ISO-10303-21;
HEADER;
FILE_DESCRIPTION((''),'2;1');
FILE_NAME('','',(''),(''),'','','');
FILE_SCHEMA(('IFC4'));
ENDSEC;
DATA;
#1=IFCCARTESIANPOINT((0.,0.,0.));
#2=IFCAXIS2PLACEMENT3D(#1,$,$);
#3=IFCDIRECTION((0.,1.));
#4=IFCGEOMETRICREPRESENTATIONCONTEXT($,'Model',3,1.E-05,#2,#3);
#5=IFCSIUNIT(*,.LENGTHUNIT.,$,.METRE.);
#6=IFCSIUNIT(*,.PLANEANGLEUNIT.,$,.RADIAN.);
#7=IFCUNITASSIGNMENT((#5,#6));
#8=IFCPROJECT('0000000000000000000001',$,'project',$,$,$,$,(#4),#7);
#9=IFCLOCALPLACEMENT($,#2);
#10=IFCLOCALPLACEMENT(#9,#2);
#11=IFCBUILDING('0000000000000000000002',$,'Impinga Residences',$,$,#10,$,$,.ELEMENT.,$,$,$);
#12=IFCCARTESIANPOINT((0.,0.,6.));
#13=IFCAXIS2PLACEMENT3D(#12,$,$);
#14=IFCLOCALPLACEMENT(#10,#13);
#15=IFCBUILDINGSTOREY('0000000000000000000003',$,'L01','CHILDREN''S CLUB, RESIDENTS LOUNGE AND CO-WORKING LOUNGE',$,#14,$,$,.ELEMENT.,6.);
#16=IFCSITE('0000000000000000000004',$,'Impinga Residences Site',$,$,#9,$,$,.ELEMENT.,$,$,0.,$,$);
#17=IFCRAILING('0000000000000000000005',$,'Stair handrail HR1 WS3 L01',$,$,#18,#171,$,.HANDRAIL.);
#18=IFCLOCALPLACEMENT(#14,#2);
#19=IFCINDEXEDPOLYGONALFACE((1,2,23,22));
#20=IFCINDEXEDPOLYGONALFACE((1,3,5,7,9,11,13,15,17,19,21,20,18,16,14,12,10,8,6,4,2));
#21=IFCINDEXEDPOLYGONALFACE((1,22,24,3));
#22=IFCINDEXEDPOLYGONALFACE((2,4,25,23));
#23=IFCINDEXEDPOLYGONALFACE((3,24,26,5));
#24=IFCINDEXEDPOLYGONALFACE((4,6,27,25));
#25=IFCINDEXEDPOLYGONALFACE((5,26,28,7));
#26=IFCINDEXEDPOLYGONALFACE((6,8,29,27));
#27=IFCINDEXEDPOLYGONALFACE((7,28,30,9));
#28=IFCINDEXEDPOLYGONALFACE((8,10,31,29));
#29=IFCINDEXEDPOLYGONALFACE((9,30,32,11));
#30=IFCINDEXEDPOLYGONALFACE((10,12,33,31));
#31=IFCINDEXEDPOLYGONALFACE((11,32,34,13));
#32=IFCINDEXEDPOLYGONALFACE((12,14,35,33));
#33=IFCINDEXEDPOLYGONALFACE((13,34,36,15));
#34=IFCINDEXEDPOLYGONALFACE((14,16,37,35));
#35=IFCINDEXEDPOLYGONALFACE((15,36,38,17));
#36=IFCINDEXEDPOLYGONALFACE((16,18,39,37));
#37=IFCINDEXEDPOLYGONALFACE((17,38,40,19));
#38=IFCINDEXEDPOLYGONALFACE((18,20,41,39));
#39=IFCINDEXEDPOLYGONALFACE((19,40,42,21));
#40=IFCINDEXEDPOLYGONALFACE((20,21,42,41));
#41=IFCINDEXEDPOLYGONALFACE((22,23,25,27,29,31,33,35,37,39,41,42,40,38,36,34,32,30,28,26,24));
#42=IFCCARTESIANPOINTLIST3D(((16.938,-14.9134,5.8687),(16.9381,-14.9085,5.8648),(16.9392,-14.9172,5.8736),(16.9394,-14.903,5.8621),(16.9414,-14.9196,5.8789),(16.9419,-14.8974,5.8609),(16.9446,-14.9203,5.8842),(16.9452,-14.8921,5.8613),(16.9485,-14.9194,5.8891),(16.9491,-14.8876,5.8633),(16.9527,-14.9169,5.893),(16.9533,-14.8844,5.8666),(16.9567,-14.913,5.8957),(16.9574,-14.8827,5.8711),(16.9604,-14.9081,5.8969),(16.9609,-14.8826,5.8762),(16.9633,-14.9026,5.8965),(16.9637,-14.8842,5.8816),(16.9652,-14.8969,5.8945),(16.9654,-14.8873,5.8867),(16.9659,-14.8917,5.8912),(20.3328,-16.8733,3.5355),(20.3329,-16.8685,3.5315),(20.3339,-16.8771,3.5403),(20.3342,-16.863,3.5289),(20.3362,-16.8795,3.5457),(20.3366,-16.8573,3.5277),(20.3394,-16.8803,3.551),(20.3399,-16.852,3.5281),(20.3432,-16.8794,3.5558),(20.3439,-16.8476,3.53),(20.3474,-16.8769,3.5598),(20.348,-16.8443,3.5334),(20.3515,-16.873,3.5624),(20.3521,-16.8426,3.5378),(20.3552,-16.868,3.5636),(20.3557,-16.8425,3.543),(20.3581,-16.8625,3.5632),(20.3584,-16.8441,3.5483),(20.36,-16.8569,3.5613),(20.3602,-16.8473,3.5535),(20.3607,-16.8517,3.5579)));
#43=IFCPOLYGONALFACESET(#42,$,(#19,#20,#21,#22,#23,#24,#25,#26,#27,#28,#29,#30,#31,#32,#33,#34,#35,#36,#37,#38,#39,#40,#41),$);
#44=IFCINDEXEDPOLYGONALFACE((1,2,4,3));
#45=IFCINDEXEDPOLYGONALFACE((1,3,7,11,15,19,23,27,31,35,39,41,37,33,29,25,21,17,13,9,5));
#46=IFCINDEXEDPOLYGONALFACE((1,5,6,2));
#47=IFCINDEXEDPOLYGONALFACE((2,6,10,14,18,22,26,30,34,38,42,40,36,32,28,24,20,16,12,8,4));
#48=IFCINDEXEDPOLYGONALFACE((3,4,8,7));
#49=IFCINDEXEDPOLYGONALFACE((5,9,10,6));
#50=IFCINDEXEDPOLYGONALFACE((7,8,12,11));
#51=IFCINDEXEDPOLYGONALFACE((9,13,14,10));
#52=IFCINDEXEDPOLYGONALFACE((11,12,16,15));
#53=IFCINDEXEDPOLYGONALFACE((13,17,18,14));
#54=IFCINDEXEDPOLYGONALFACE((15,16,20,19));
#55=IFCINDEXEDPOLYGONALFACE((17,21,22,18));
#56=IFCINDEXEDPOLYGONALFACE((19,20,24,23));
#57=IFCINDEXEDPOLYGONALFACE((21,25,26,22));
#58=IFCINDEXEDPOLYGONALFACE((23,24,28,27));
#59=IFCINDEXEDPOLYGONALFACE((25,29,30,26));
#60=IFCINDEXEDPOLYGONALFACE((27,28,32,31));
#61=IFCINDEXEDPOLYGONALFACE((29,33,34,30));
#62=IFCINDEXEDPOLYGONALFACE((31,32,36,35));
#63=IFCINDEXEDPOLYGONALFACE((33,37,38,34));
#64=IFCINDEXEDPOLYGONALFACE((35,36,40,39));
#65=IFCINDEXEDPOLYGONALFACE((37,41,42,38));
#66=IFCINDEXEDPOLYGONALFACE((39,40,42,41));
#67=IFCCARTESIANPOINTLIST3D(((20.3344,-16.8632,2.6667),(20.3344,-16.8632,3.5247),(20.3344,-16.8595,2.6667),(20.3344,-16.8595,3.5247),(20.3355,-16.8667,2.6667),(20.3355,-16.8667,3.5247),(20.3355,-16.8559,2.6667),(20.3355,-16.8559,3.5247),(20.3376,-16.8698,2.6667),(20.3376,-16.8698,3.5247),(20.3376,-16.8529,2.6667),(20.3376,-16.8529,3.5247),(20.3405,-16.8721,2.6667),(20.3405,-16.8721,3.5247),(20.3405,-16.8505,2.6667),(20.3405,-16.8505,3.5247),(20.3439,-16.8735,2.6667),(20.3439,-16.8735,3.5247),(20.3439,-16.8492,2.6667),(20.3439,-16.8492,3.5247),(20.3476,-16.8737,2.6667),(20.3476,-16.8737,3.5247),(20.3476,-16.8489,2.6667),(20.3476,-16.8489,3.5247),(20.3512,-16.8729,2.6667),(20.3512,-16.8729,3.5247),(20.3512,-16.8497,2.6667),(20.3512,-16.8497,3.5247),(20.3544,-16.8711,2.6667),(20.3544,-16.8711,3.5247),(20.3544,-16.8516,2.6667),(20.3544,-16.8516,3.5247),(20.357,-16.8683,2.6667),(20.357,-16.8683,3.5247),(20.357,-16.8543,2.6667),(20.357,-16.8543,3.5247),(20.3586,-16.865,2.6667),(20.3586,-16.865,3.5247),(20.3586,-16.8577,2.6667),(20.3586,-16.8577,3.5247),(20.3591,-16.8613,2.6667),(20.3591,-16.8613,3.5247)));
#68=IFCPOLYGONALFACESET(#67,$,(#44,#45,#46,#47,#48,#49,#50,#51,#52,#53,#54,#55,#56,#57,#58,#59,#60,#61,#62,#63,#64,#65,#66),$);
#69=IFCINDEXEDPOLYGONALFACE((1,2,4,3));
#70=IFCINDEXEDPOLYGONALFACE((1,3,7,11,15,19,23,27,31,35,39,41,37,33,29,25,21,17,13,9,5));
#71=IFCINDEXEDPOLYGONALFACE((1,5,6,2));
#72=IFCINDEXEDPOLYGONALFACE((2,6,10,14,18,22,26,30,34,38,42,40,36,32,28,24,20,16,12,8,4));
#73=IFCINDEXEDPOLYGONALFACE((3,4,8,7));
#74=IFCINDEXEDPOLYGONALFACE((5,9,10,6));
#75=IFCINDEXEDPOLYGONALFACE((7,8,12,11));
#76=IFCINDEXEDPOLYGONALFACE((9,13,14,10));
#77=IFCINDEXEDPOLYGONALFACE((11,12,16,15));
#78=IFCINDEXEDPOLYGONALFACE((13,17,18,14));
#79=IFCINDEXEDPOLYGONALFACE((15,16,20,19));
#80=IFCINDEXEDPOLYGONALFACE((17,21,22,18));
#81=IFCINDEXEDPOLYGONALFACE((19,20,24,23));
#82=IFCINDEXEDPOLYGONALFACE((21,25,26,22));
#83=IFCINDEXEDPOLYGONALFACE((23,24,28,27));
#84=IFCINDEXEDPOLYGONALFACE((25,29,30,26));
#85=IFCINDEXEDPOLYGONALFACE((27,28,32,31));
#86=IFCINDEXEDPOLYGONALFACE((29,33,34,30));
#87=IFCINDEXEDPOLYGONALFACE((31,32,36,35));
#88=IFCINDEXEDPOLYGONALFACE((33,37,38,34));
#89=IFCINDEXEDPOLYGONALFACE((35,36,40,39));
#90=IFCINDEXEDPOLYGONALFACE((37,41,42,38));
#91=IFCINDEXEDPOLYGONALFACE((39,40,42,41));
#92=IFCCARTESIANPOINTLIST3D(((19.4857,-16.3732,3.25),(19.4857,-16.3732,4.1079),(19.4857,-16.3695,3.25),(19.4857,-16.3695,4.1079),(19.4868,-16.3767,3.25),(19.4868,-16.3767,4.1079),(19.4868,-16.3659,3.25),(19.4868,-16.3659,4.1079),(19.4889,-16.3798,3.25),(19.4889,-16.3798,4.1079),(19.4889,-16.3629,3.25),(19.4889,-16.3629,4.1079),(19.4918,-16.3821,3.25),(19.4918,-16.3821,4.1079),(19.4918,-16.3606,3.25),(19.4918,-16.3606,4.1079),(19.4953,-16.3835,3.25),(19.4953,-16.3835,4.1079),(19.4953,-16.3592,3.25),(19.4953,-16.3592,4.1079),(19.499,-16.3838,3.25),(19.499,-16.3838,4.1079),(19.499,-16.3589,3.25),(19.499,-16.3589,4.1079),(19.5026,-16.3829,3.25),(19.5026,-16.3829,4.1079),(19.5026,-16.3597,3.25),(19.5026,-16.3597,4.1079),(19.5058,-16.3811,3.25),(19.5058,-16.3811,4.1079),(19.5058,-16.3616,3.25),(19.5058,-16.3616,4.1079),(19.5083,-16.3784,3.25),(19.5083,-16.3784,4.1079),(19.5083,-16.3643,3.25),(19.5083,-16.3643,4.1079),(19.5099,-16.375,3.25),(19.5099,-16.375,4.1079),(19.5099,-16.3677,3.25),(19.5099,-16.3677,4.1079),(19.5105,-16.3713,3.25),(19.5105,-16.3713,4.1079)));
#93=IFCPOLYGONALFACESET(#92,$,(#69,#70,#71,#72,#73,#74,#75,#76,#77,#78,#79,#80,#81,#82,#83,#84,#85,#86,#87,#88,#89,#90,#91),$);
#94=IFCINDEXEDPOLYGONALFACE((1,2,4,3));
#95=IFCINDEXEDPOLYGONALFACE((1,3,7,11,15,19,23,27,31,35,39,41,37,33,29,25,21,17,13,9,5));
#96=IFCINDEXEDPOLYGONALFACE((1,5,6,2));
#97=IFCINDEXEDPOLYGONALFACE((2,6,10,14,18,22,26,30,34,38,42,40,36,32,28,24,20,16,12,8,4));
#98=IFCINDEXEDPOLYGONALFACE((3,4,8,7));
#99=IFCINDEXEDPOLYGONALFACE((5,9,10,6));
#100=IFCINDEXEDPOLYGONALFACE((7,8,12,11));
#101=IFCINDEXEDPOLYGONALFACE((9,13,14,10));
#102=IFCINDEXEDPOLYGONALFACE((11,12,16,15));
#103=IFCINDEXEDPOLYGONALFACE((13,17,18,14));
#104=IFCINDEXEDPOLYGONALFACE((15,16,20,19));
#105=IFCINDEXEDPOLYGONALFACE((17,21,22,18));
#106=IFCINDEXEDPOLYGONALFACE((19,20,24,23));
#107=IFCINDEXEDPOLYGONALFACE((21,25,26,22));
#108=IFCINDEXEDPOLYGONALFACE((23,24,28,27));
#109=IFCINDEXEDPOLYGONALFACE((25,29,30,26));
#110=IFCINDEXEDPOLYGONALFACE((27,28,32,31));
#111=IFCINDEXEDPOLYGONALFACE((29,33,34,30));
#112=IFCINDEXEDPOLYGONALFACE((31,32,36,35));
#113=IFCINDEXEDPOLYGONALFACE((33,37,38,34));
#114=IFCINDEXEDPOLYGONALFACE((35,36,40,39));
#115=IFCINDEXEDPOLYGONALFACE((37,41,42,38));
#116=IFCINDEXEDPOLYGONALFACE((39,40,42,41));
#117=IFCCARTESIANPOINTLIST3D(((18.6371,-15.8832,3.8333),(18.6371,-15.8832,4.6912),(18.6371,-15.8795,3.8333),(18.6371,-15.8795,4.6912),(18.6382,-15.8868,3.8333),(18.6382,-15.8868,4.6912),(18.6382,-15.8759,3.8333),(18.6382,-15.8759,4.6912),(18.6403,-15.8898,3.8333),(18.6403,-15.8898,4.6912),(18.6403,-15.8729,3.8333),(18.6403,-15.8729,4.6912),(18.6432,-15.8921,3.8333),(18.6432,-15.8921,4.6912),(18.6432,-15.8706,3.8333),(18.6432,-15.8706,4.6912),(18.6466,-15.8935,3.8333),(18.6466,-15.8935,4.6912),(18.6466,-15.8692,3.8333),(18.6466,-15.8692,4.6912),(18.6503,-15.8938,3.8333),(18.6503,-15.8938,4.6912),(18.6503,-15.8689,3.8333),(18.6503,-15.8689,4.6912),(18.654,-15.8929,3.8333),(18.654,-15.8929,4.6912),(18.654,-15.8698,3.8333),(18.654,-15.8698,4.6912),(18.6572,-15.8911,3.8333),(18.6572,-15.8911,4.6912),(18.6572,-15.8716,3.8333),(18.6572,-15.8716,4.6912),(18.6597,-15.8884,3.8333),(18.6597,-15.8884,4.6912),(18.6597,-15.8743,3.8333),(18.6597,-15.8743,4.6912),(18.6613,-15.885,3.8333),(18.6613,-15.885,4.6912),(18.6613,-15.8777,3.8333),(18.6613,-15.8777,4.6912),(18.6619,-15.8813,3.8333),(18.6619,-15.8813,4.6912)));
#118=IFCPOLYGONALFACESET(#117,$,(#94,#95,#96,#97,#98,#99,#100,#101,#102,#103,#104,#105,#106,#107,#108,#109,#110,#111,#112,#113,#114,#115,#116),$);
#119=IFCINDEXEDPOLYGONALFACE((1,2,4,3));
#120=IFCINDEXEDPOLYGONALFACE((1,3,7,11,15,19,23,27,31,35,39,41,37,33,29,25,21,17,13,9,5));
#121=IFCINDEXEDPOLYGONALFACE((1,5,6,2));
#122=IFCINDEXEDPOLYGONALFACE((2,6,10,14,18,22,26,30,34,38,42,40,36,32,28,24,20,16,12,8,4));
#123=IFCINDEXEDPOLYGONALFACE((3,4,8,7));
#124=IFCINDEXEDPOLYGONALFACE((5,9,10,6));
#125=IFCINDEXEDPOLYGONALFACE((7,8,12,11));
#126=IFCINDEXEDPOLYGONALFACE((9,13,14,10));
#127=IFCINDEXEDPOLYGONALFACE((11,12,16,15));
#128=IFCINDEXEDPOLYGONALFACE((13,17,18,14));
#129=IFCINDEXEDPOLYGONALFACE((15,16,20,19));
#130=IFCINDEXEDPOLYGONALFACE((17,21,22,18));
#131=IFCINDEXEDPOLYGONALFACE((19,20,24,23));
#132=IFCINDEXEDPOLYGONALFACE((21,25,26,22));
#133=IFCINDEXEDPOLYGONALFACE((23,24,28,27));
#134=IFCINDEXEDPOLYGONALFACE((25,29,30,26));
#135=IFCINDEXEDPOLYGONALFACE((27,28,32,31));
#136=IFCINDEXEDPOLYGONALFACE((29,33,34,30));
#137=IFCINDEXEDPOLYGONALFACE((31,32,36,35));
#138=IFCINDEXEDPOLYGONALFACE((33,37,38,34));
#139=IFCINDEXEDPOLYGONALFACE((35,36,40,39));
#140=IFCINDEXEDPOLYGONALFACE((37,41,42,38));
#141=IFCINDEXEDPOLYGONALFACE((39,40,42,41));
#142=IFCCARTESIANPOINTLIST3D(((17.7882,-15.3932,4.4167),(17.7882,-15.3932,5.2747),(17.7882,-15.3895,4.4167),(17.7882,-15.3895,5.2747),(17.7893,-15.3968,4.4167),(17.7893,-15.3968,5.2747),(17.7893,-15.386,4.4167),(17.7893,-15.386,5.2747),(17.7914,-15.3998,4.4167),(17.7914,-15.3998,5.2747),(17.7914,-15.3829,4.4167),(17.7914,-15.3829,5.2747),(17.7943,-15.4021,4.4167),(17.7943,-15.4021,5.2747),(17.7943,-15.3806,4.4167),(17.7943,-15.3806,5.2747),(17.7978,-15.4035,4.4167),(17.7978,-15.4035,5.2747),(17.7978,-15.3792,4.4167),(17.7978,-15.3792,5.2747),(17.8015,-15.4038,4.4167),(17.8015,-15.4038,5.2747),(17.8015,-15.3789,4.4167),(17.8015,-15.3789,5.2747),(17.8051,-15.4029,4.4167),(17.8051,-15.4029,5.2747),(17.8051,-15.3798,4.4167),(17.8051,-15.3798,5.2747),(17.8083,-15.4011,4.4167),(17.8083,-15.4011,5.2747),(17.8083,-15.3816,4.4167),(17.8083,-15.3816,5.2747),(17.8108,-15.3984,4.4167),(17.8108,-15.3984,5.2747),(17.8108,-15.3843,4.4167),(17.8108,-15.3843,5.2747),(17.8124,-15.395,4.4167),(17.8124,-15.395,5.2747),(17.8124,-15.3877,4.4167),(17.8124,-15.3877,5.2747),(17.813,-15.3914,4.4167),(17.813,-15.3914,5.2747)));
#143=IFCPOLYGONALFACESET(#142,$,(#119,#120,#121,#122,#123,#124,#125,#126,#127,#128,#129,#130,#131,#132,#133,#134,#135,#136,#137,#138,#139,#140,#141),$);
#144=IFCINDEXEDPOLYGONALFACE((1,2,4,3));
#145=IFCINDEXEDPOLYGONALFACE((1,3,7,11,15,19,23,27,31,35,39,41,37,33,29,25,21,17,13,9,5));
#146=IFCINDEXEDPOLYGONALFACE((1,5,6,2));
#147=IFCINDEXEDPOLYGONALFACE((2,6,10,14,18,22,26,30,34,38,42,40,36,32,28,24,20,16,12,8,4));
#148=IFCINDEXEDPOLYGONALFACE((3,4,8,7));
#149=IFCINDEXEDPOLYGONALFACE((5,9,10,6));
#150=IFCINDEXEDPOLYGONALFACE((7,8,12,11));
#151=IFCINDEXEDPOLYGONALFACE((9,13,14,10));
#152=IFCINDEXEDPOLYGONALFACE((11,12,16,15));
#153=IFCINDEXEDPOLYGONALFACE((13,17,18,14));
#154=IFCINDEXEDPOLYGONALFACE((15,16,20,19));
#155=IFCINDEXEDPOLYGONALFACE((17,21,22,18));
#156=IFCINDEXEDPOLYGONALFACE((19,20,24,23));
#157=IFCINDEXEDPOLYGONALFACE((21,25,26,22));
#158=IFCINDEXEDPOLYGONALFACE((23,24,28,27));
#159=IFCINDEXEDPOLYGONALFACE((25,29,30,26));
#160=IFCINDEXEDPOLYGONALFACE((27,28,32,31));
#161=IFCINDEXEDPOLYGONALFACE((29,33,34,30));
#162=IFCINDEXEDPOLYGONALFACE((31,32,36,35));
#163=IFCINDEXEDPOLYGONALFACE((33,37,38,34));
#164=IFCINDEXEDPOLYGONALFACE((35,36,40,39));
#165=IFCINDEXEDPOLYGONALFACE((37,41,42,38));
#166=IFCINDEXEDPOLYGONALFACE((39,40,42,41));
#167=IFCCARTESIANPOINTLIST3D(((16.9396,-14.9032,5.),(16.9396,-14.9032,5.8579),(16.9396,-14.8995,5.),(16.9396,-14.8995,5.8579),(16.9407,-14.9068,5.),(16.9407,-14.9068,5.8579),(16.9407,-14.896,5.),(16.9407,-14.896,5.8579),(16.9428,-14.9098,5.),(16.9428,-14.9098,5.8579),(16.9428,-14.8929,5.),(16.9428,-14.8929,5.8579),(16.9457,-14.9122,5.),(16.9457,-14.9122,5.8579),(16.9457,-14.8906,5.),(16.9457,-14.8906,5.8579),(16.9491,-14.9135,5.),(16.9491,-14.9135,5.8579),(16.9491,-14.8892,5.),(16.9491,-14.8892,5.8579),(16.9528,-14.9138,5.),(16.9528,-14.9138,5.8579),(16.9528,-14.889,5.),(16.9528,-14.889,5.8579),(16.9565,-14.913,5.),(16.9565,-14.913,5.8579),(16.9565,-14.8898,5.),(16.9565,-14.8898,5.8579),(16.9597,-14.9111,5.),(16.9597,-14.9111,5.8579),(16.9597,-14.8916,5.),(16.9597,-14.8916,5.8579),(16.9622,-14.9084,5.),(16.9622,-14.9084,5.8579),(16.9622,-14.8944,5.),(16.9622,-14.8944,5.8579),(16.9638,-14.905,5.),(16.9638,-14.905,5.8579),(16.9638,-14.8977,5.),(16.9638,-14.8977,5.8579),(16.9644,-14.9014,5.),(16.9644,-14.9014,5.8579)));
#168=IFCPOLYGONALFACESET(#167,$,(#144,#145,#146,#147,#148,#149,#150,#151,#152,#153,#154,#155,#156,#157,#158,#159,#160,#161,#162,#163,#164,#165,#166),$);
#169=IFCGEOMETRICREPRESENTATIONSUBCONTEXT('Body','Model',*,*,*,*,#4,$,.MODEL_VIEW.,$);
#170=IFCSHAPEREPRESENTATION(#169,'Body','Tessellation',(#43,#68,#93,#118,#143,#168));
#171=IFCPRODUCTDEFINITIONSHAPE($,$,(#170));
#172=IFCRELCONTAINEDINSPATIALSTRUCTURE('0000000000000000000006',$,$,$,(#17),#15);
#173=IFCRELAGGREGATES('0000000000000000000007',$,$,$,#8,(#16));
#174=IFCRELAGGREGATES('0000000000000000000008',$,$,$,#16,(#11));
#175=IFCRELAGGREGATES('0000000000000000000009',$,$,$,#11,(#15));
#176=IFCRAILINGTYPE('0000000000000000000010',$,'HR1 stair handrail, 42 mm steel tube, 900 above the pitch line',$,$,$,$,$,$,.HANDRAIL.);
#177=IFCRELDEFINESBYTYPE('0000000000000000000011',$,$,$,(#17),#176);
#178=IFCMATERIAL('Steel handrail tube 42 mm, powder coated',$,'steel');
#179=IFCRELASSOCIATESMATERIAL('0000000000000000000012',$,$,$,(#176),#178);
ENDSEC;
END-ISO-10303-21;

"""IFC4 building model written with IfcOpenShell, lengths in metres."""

from ifc_helpers import new_model, si_unit, direction, frame, origin, origin_2d, place, context, subcontext, project, spatial, circle, extrude, material, type_object, element, save


model = new_model("IFC4")

# Units and contexts
model_context = context("Model", 3, precision=1e-05, world=origin(), true_north=direction((0.0, 1.0)))
body_context = subcontext(model_context, "Body", "Model", "MODEL_VIEW")
ifc_project = project(units=[si_unit("LENGTHUNIT", "METRE"), si_unit("PLANEANGLEUNIT", "RADIAN")], contexts=[model_context])

# Site, building, storey
site_placement = place(None, origin())
site = spatial("IfcSite", under=ifc_project, at=site_placement, Name="Impinga Residences Site", CompositionType="ELEMENT", RefElevation=0.0)
building_placement = place(site_placement, origin())
building = spatial("IfcBuilding", under=site, at=building_placement, Name="Impinga Residences", CompositionType="ELEMENT")
storey_placement = place(building_placement, frame((0.0, 0.0, 6.0)))
storey = spatial("IfcBuildingStorey", under=building, at=storey_placement, Name="L01", Description="CHILDREN'S CLUB, RESIDENTS LOUNGE AND CO-WORKING LOUNGE", CompositionType="ELEMENT", Elevation=6.0)

# Railing
ifc_material_1 = material(Name="Steel handrail tube 42 mm, powder coated", Category="steel")
railing_type_1 = type_object("IfcRailingType", Name="HR1 stair handrail, 42 mm steel tube, 900 above the pitch line", PredefinedType="HANDRAIL", material=ifc_material_1)
railing_1_placement = place(storey_placement, frame((20.3467, -16.8613, 2.6667)))
element("IfcRailing", 1, at=railing_1_placement, inside=storey, type_object=railing_type_1, Name="Stair handrail HR1 WS3 L01", PredefinedType="HANDRAIL", context=body_context, shape_type="SweptSolid", body=[
    extrude(circle(Radius=0.021, at=origin_2d()), frame((0.0, 0.0, 0.8789), z_axis=(-0.744175, 0.429646, 0.511476), x_axis=(-0.499997, -0.866027, 0.0)), (0.0, 0.0, 1.0), 4.5618),
    extrude(circle(Radius=0.0125, at=origin_2d()), origin(), (0.0, 0.0, 1.0), 0.8579),
    extrude(circle(Radius=0.0125, at=origin_2d()), frame((-0.8486, 0.49, 0.5833)), (0.0, 0.0, 1.0), 0.8579),
    extrude(circle(Radius=0.0125, at=origin_2d()), frame((-1.6973, 0.98, 1.1665)), (0.0, 0.0, 1.0), 0.8579),
    extrude(circle(Radius=0.0125, at=origin_2d()), frame((-2.5461, 1.47, 1.75)), (0.0, 0.0, 1.0), 0.8579),
    extrude(circle(Radius=0.0125, at=origin_2d()), frame((-3.3948, 1.96, 2.3333)), (0.0, 0.0, 1.0), 0.8579),
])

save(model, "model.ifc")
